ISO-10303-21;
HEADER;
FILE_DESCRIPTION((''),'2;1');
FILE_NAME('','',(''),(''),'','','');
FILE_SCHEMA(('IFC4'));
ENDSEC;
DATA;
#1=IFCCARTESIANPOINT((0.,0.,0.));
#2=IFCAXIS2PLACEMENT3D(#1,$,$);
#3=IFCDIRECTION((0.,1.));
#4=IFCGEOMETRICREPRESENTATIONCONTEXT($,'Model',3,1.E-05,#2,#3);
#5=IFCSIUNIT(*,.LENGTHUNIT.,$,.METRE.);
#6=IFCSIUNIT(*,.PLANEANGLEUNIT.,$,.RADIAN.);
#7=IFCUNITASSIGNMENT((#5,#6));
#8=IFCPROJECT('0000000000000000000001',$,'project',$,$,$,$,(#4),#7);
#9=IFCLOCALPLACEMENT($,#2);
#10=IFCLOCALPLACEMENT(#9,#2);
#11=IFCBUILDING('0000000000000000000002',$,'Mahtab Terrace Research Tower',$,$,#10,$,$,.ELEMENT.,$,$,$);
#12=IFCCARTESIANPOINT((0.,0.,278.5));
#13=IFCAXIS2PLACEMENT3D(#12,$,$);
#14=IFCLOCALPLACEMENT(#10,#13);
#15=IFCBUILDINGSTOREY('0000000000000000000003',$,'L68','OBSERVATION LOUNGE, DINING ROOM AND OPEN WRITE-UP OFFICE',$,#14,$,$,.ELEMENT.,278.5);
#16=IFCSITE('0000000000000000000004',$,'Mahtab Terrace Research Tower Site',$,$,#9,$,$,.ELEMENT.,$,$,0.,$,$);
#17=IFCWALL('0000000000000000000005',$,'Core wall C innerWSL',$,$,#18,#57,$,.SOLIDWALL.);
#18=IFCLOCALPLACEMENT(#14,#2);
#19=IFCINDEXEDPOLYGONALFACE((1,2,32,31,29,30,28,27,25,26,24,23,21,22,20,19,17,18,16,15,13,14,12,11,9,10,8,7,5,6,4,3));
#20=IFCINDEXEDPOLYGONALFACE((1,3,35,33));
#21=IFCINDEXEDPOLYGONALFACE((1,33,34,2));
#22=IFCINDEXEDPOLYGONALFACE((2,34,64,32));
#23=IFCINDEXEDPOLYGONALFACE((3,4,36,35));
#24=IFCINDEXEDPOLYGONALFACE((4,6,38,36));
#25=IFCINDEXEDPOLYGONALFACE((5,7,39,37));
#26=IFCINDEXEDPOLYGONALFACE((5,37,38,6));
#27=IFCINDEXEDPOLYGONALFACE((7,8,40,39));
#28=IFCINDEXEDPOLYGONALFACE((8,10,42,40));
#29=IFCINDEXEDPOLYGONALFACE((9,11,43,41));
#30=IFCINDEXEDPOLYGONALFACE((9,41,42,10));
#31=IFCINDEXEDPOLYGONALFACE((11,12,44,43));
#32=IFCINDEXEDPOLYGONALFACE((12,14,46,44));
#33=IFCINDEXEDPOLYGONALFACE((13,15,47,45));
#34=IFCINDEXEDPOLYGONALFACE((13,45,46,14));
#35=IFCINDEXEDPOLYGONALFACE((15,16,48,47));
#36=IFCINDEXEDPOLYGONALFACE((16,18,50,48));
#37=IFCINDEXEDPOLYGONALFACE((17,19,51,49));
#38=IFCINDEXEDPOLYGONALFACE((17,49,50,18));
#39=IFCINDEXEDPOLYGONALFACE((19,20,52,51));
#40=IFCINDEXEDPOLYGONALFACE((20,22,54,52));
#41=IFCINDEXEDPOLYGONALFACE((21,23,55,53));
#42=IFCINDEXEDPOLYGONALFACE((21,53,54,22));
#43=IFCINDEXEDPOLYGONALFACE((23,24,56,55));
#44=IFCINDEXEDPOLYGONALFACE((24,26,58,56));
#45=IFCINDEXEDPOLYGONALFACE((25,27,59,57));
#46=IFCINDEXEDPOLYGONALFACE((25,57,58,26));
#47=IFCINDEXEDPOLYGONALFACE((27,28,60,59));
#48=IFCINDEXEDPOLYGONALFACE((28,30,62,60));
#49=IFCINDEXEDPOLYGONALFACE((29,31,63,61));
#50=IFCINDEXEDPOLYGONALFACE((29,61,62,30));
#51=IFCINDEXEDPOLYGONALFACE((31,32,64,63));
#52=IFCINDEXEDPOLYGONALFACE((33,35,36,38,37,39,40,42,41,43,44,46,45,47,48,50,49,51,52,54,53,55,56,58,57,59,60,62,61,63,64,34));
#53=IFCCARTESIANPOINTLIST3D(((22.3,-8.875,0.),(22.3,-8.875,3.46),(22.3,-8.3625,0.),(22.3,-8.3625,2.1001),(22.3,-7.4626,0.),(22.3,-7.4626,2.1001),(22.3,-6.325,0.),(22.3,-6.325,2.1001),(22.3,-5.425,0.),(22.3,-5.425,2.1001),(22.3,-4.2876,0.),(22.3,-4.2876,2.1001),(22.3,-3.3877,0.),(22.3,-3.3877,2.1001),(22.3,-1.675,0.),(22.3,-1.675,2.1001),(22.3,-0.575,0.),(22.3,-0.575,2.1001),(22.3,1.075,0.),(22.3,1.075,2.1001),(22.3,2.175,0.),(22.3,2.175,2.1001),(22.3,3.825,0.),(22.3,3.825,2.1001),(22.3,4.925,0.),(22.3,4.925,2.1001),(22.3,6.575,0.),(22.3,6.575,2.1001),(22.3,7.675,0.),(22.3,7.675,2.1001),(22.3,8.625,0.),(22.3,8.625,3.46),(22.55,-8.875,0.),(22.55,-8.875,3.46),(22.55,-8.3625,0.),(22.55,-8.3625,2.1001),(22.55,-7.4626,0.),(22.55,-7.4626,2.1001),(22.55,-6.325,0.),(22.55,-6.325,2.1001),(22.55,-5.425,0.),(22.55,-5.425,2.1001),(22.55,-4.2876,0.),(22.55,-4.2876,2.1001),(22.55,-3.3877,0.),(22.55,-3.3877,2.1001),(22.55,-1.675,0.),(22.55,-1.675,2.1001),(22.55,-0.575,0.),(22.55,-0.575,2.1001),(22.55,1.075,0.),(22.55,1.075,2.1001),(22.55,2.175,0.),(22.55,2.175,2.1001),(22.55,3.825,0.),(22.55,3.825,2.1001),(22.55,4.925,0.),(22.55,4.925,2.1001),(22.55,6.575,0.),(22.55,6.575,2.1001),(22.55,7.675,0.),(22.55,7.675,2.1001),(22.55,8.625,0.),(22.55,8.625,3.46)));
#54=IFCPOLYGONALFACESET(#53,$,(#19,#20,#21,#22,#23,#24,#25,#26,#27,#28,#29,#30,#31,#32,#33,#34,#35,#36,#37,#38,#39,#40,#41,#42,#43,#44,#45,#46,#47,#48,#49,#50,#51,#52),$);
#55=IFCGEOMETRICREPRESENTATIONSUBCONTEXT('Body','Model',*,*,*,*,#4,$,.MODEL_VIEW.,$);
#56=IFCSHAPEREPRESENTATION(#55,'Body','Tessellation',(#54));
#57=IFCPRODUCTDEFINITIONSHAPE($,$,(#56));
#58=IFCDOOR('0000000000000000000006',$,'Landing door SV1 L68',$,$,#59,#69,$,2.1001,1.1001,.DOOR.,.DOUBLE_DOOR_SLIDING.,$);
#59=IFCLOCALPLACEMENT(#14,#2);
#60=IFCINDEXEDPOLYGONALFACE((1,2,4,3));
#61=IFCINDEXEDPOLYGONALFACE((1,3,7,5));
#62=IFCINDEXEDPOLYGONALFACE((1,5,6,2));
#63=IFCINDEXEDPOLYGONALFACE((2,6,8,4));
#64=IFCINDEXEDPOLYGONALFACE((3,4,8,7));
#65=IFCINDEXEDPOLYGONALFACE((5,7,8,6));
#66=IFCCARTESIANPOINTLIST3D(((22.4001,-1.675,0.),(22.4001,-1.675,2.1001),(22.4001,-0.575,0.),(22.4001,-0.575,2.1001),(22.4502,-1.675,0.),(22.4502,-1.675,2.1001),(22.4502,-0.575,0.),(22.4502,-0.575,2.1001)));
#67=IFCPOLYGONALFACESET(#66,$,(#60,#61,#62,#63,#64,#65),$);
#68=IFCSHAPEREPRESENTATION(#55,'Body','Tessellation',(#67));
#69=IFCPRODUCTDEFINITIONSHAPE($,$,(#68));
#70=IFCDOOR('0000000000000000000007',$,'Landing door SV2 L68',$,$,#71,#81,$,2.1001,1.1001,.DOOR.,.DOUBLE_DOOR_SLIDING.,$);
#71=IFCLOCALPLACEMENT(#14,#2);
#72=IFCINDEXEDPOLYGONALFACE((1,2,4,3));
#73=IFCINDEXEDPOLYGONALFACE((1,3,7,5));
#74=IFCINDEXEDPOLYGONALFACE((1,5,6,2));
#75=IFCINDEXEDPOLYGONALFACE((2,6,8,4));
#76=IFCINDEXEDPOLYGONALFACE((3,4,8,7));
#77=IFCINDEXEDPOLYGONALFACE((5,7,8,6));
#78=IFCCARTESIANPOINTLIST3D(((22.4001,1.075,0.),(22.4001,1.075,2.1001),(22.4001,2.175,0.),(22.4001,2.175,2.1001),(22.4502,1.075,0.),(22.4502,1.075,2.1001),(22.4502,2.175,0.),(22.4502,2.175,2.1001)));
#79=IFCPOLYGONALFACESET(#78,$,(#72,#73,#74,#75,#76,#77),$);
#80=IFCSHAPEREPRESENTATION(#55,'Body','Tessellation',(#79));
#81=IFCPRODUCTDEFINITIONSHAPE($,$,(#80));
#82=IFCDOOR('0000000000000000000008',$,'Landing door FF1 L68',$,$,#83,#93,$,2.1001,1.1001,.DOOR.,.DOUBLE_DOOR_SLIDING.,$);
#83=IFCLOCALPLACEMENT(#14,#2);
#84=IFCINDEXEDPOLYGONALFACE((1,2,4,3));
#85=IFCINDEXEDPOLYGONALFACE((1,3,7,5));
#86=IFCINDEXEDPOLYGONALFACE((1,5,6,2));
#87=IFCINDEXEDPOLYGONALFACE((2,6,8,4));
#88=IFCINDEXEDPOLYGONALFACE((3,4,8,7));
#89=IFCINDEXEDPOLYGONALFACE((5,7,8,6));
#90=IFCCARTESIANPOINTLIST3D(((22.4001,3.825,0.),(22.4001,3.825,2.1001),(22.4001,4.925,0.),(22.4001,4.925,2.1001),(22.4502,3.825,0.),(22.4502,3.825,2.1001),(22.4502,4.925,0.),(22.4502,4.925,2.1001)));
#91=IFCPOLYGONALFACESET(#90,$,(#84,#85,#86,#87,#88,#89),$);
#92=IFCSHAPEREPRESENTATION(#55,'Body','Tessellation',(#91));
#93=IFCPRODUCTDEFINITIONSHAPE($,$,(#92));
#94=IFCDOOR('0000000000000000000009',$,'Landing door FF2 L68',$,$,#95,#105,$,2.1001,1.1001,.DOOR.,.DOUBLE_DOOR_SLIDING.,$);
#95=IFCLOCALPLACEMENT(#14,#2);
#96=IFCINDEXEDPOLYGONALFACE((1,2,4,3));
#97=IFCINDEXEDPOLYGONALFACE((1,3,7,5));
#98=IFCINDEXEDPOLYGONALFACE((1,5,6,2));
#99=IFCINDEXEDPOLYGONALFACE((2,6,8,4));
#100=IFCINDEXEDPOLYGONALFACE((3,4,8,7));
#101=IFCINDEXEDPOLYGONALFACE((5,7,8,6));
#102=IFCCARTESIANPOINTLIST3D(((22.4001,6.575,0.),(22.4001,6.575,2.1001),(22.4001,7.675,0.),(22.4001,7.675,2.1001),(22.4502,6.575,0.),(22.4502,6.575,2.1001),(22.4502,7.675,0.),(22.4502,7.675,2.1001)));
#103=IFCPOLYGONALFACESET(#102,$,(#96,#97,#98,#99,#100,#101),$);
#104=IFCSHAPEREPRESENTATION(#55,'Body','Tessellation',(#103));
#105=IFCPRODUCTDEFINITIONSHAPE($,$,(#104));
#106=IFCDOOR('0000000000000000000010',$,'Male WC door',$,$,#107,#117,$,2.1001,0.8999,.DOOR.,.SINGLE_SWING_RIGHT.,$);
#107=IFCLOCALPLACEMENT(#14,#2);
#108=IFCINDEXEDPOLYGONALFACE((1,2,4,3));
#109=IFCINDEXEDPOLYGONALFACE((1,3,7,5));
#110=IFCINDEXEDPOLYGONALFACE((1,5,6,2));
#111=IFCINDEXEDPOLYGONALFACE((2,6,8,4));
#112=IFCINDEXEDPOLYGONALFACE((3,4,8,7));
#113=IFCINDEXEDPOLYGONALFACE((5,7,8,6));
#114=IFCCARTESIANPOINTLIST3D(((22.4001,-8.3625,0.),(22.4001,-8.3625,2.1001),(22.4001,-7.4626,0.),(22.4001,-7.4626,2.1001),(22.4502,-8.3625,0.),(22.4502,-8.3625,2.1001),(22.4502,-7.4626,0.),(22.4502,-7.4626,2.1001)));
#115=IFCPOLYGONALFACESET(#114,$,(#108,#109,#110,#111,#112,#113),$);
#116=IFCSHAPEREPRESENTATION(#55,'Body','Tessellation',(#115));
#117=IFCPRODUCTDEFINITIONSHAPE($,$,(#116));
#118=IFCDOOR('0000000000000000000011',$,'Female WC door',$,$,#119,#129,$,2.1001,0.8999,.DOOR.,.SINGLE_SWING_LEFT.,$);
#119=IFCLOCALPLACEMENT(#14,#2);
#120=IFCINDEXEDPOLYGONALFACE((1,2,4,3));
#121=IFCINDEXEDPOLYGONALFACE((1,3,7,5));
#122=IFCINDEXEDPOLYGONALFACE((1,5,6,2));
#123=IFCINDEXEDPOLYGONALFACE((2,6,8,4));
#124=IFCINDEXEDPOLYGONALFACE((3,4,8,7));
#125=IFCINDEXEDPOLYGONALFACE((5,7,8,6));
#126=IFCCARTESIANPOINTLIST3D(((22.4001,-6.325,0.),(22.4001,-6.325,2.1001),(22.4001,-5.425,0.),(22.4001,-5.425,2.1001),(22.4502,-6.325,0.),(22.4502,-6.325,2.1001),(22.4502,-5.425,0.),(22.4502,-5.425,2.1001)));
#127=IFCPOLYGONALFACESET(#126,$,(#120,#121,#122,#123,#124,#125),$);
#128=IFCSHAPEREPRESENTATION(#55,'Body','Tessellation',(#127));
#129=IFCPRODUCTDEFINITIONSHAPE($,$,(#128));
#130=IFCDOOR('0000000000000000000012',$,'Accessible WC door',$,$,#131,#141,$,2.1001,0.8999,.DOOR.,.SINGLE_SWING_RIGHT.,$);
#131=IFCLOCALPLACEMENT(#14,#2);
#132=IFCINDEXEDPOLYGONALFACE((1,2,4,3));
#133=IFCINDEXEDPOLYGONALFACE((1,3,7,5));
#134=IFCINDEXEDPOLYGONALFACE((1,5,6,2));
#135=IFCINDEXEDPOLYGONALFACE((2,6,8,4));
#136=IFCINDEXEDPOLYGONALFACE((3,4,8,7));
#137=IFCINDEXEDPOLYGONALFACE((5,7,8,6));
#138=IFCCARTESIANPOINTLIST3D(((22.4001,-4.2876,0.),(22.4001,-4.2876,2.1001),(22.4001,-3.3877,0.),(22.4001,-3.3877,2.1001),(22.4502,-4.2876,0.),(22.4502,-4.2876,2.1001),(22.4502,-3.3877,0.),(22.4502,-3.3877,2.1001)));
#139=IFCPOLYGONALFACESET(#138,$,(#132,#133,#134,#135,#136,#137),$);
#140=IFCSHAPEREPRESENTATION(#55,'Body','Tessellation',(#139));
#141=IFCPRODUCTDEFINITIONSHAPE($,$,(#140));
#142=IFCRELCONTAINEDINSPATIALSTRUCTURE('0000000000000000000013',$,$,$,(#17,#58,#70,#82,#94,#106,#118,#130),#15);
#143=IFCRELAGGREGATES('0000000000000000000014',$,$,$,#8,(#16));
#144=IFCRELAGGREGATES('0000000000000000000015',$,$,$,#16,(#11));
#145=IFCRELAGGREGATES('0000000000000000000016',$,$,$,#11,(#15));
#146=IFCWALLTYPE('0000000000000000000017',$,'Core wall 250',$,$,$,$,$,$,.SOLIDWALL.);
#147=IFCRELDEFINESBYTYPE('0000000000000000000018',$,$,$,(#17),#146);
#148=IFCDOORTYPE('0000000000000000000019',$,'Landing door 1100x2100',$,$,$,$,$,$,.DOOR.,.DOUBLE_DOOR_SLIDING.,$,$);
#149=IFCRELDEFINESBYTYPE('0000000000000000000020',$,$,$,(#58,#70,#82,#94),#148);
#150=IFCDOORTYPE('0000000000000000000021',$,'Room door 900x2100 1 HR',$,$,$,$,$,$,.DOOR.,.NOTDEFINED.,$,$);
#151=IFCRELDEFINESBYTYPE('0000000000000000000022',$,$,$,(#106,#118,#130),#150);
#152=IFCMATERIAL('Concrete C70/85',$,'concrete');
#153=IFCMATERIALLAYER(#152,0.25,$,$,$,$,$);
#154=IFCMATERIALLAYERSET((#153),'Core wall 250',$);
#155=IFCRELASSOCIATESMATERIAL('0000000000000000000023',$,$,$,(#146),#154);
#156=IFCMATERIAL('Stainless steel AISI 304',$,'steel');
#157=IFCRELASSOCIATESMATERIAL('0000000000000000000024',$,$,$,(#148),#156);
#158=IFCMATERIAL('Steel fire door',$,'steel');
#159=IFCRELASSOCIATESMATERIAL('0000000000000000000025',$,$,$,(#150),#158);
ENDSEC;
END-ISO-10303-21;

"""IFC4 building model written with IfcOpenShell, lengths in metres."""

from ifc_helpers import new_model, si_unit, direction, frame, frame_2d, origin, place, context, subcontext, project, spatial, rectangle, extrude, material, layer, layer_set, type_object, element, fill, save


model = new_model("IFC4")

# Units and contexts
model_context = context("Model", 3, precision=1e-05, world=origin(), true_north=direction((0.0, 1.0)))
body_context = subcontext(model_context, "Body", "Model", "MODEL_VIEW")
ifc_project = project(units=[si_unit("LENGTHUNIT", "METRE"), si_unit("PLANEANGLEUNIT", "RADIAN")], contexts=[model_context])

# Site, building, storey
site_placement = place(None, origin())
site = spatial("IfcSite", under=ifc_project, at=site_placement, Name="Mahtab Terrace Research Tower Site", CompositionType="ELEMENT", RefElevation=0.0)
building_placement = place(site_placement, origin())
building = spatial("IfcBuilding", under=site, at=building_placement, Name="Mahtab Terrace Research Tower", CompositionType="ELEMENT")
storey_placement = place(building_placement, frame((0.0, 0.0, 278.5)))
storey = spatial("IfcBuildingStorey", under=building, at=storey_placement, Name="L68", Description="OBSERVATION LOUNGE, DINING ROOM AND OPEN WRITE-UP OFFICE", CompositionType="ELEMENT", Elevation=278.5)

# Shared definitions
ifc_material_1 = material(Name="Concrete C70/85", Category="concrete")

# Wall, openings, doors
ifc_layer_1 = layer(ifc_material_1, 0.25)
ifc_layer_set_1 = layer_set([ifc_layer_1], Name="Core wall 250")
wall_type_1 = type_object("IfcWallType", Name="Core wall 250", PredefinedType="SOLIDWALL", material=ifc_layer_set_1)
wall_1_placement = place(storey_placement, frame((22.425, -8.875, 0.0), z_axis=(0.0, 0.0, 1.0), x_axis=(0.0, 1.0, 0.0)))
wall_1 = element("IfcWall", 1, at=wall_1_placement, inside=storey, type_object=wall_type_1, Name="Core wall C innerWSL", PredefinedType="SOLIDWALL", context=body_context, shape_type="SweptSolid", body=[
    extrude(rectangle(XDim=17.5, YDim=0.25, at=frame_2d((8.75, 0.0))), origin(), (0.0, 0.0, 1.0), 3.46),
])
opening_1_placement = place(wall_1_placement, frame((7.2, 0.0, 0.0)))
opening_1 = element("IfcOpeningElement", 2, at=opening_1_placement, cuts=wall_1, PredefinedType="OPENING", context=body_context, shape_type="SweptSolid", body=[
    extrude(rectangle(XDim=1.1001, YDim=2.1001, at=frame_2d((0.55, 1.05))), frame((0.0, 0.135, 0.0), z_axis=(0.0, -1.0, 0.0), x_axis=(1.0, 0.0, 0.0)), (0.0, 0.0, 1.0), 0.27),
])
opening_2_placement = place(wall_1_placement, frame((9.95, 0.0, 0.0)))
opening_2 = element("IfcOpeningElement", 3, at=opening_2_placement, cuts=wall_1, PredefinedType="OPENING", context=body_context, shape_type="SweptSolid", body=[
    extrude(rectangle(XDim=1.1001, YDim=2.1001, at=frame_2d((0.55, 1.05))), frame((0.0, 0.135, 0.0), z_axis=(0.0, -1.0, 0.0), x_axis=(1.0, 0.0, 0.0)), (0.0, 0.0, 1.0), 0.27),
])
opening_3_placement = place(wall_1_placement, frame((12.7, 0.0, 0.0)))
opening_3 = element("IfcOpeningElement", 4, at=opening_3_placement, cuts=wall_1, PredefinedType="OPENING", context=body_context, shape_type="SweptSolid", body=[
    extrude(rectangle(XDim=1.1001, YDim=2.1001, at=frame_2d((0.55, 1.05))), frame((0.0, 0.135, 0.0), z_axis=(0.0, -1.0, 0.0), x_axis=(1.0, 0.0, 0.0)), (0.0, 0.0, 1.0), 0.27),
])
opening_4_placement = place(wall_1_placement, frame((15.45, 0.0, 0.0)))
opening_4 = element("IfcOpeningElement", 5, at=opening_4_placement, cuts=wall_1, PredefinedType="OPENING", context=body_context, shape_type="SweptSolid", body=[
    extrude(rectangle(XDim=1.1001, YDim=2.1001, at=frame_2d((0.55, 1.05))), frame((0.0, 0.135, 0.0), z_axis=(0.0, -1.0, 0.0), x_axis=(1.0, 0.0, 0.0)), (0.0, 0.0, 1.0), 0.27),
])
opening_5_placement = place(wall_1_placement, frame((0.5125, 0.0, 0.0)))
opening_5 = element("IfcOpeningElement", 6, at=opening_5_placement, cuts=wall_1, PredefinedType="OPENING", context=body_context, shape_type="SweptSolid", body=[
    extrude(rectangle(XDim=0.8999, YDim=2.1001, at=frame_2d((0.45, 1.05))), frame((0.0, 0.135, 0.0), z_axis=(0.0, -1.0, 0.0), x_axis=(1.0, 0.0, 0.0)), (0.0, 0.0, 1.0), 0.27),
])
opening_6_placement = place(wall_1_placement, frame((2.55, 0.0, 0.0)))
opening_6 = element("IfcOpeningElement", 7, at=opening_6_placement, cuts=wall_1, PredefinedType="OPENING", context=body_context, shape_type="SweptSolid", body=[
    extrude(rectangle(XDim=0.8999, YDim=2.1001, at=frame_2d((0.45, 1.05))), frame((0.0, 0.135, 0.0), z_axis=(0.0, -1.0, 0.0), x_axis=(1.0, 0.0, 0.0)), (0.0, 0.0, 1.0), 0.27),
])
opening_7_placement = place(wall_1_placement, frame((4.5874, 0.0, 0.0)))
opening_7 = element("IfcOpeningElement", 8, at=opening_7_placement, cuts=wall_1, PredefinedType="OPENING", context=body_context, shape_type="SweptSolid", body=[
    extrude(rectangle(XDim=0.8999, YDim=2.1001, at=frame_2d((0.45, 1.05))), frame((0.0, 0.135, 0.0), z_axis=(0.0, -1.0, 0.0), x_axis=(1.0, 0.0, 0.0)), (0.0, 0.0, 1.0), 0.27),
])
ifc_material_2 = material(Name="Stainless steel AISI 304", Category="steel")
door_type_1 = type_object("IfcDoorType", Name="Landing door 1100x2100", OperationType="DOUBLE_DOOR_SLIDING", PredefinedType="DOOR", material=ifc_material_2)
door_1_placement = place(opening_1_placement, origin())
door_1 = element("IfcDoor", 9, at=door_1_placement, inside=storey, type_object=door_type_1, Name="Landing door SV1 L68", OperationType="DOUBLE_DOOR_SLIDING", OverallHeight=2.1001, OverallWidth=1.1001, PredefinedType="DOOR", context=body_context, shape_type="SweptSolid", body=[
    extrude(rectangle(XDim=1.1001, YDim=2.1001, at=frame_2d((0.55, 1.05))), frame((0.0, 0.0249, 0.0), z_axis=(0.0, -1.0, 0.0), x_axis=(1.0, 0.0, 0.0)), (0.0, 0.0, 1.0), 0.05),
])
fill(opening_1, door_1)
door_2_placement = place(opening_2_placement, origin())
door_2 = element("IfcDoor", 10, at=door_2_placement, inside=storey, type_object=door_type_1, Name="Landing door SV2 L68", OperationType="DOUBLE_DOOR_SLIDING", OverallHeight=2.1001, OverallWidth=1.1001, PredefinedType="DOOR", context=body_context, shape_type="SweptSolid", body=[
    extrude(rectangle(XDim=1.1001, YDim=2.1001, at=frame_2d((0.55, 1.05))), frame((0.0, 0.0249, 0.0), z_axis=(0.0, -1.0, 0.0), x_axis=(1.0, 0.0, 0.0)), (0.0, 0.0, 1.0), 0.05),
])
fill(opening_2, door_2)
door_3_placement = place(opening_3_placement, origin())
door_3 = element("IfcDoor", 11, at=door_3_placement, inside=storey, type_object=door_type_1, Name="Landing door FF1 L68", OperationType="DOUBLE_DOOR_SLIDING", OverallHeight=2.1001, OverallWidth=1.1001, PredefinedType="DOOR", context=body_context, shape_type="SweptSolid", body=[
    extrude(rectangle(XDim=1.1001, YDim=2.1001, at=frame_2d((0.55, 1.05))), frame((0.0, 0.0249, 0.0), z_axis=(0.0, -1.0, 0.0), x_axis=(1.0, 0.0, 0.0)), (0.0, 0.0, 1.0), 0.05),
])
fill(opening_3, door_3)
door_4_placement = place(opening_4_placement, origin())
door_4 = element("IfcDoor", 12, at=door_4_placement, inside=storey, type_object=door_type_1, Name="Landing door FF2 L68", OperationType="DOUBLE_DOOR_SLIDING", OverallHeight=2.1001, OverallWidth=1.1001, PredefinedType="DOOR", context=body_context, shape_type="SweptSolid", body=[
    extrude(rectangle(XDim=1.1001, YDim=2.1001, at=frame_2d((0.55, 1.05))), frame((0.0, 0.0249, 0.0), z_axis=(0.0, -1.0, 0.0), x_axis=(1.0, 0.0, 0.0)), (0.0, 0.0, 1.0), 0.05),
])
fill(opening_4, door_4)
ifc_material_3 = material(Name="Steel fire door", Category="steel")
door_type_2 = type_object("IfcDoorType", Name="Room door 900x2100 1 HR", OperationType="NOTDEFINED", PredefinedType="DOOR", material=ifc_material_3)
door_5_placement = place(opening_5_placement, origin())
door_5 = element("IfcDoor", 13, at=door_5_placement, inside=storey, type_object=door_type_2, Name="Male WC door", OperationType="SINGLE_SWING_RIGHT", OverallHeight=2.1001, OverallWidth=0.8999, PredefinedType="DOOR", context=body_context, shape_type="SweptSolid", body=[
    extrude(rectangle(XDim=0.8999, YDim=2.1001, at=frame_2d((0.45, 1.05))), frame((0.0, 0.0249, 0.0), z_axis=(0.0, -1.0, 0.0), x_axis=(1.0, 0.0, 0.0)), (0.0, 0.0, 1.0), 0.05),
])
fill(opening_5, door_5)
door_6_placement = place(opening_6_placement, origin())
door_6 = element("IfcDoor", 14, at=door_6_placement, inside=storey, type_object=door_type_2, Name="Female WC door", OperationType="SINGLE_SWING_LEFT", OverallHeight=2.1001, OverallWidth=0.8999, PredefinedType="DOOR", context=body_context, shape_type="SweptSolid", body=[
    extrude(rectangle(XDim=0.8999, YDim=2.1001, at=frame_2d((0.45, 1.05))), frame((0.0, 0.0249, 0.0), z_axis=(0.0, -1.0, 0.0), x_axis=(1.0, 0.0, 0.0)), (0.0, 0.0, 1.0), 0.05),
])
fill(opening_6, door_6)
door_7_placement = place(opening_7_placement, origin())
door_7 = element("IfcDoor", 15, at=door_7_placement, inside=storey, type_object=door_type_2, Name="Accessible WC door", OperationType="SINGLE_SWING_RIGHT", OverallHeight=2.1001, OverallWidth=0.8999, PredefinedType="DOOR", context=body_context, shape_type="SweptSolid", body=[
    extrude(rectangle(XDim=0.8999, YDim=2.1001, at=frame_2d((0.45, 1.05))), frame((0.0, 0.0249, 0.0), z_axis=(0.0, -1.0, 0.0), x_axis=(1.0, 0.0, 0.0)), (0.0, 0.0, 1.0), 0.05),
])
fill(opening_7, door_7)

save(model, "model.ifc")
